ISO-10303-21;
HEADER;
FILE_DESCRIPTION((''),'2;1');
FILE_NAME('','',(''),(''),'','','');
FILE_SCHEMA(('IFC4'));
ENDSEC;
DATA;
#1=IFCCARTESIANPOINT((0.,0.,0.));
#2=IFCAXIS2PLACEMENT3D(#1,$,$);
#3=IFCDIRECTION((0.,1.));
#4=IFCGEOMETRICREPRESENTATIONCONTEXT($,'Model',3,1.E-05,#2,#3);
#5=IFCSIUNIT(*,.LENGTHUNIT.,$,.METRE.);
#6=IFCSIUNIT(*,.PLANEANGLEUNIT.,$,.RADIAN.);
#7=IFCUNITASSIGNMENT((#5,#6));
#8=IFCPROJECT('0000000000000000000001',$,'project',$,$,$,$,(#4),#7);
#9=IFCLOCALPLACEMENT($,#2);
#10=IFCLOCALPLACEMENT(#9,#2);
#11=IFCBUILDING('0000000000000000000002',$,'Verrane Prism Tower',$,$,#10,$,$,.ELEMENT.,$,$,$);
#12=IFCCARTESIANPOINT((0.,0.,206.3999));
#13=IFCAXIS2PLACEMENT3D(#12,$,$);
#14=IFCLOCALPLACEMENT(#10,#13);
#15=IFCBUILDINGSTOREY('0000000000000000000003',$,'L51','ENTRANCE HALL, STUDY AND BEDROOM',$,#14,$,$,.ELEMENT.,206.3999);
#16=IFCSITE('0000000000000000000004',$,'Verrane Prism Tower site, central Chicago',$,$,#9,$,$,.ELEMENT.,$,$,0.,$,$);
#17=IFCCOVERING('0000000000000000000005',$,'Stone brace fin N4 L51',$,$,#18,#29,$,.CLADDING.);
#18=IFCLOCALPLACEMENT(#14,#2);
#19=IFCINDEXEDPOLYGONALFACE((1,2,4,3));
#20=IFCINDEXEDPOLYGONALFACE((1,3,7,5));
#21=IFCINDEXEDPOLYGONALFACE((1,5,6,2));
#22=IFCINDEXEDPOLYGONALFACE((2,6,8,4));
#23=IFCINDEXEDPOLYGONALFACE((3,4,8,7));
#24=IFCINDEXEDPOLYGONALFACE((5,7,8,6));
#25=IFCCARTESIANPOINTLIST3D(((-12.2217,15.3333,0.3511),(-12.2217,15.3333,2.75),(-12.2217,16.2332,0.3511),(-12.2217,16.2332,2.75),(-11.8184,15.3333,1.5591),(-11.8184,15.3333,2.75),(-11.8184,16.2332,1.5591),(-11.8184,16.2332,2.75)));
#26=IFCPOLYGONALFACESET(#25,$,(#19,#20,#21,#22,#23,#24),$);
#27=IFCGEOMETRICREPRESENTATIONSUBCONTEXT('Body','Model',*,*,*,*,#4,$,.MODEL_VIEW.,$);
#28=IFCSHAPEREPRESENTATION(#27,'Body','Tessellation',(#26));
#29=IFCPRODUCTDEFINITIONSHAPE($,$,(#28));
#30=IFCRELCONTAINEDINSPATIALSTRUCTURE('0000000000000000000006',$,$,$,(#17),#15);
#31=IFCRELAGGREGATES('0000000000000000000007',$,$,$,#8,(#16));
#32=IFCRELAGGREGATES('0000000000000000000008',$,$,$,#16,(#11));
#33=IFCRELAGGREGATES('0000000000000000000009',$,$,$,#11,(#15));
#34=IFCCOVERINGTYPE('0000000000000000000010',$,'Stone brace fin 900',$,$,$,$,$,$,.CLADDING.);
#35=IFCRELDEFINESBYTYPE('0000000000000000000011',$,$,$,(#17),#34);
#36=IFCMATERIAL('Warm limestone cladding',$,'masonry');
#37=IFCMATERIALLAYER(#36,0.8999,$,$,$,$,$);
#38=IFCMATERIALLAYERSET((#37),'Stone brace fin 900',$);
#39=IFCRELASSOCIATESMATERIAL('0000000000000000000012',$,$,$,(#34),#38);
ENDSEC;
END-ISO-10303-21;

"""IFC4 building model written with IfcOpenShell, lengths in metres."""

from ifc_helpers import new_model, si_unit, direction, frame, origin, place, context, subcontext, project, spatial, polyline, outline, extrude, material, layer, layer_set, type_object, element, save


model = new_model("IFC4")

# Units and contexts
model_context = context("Model", 3, precision=1e-05, world=origin(), true_north=direction((0.0, 1.0)))
body_context = subcontext(model_context, "Body", "Model", "MODEL_VIEW")
ifc_project = project(units=[si_unit("LENGTHUNIT", "METRE"), si_unit("PLANEANGLEUNIT", "RADIAN")], contexts=[model_context])

# Site, building, storey
site_placement = place(None, origin())
site = spatial("IfcSite", under=ifc_project, at=site_placement, Name="Verrane Prism Tower site, central Chicago", CompositionType="ELEMENT", RefElevation=0.0)
building_placement = place(site_placement, origin())
building = spatial("IfcBuilding", under=site, at=building_placement, Name="Verrane Prism Tower", CompositionType="ELEMENT")
storey_placement = place(building_placement, frame((0.0, 0.0, 206.3999)))
storey = spatial("IfcBuildingStorey", under=building, at=storey_placement, Name="L51", Description="ENTRANCE HALL, STUDY AND BEDROOM", CompositionType="ELEMENT", Elevation=206.3999)

# Covering
ifc_material_1 = material(Name="Warm limestone cladding", Category="masonry")
ifc_layer_1 = layer(ifc_material_1, 0.8999)
ifc_layer_set_1 = layer_set([ifc_layer_1], Name="Stone brace fin 900")
covering_type = type_object("IfcCoveringType", Name="Stone brace fin 900", PredefinedType="CLADDING", material=ifc_layer_set_1)
covering_placement = place(storey_placement, frame((-12.2217, 15.7832, 0.3511), z_axis=(0.0, 0.0, 1.0), x_axis=(1.0, 0.0, 0.0)))
element("IfcCovering", 1, at=covering_placement, inside=storey, type_object=covering_type, Name="Stone brace fin N4 L51", PredefinedType="CLADDING", context=body_context, shape_type="SweptSolid", body=[
    extrude(outline(polyline([(0.4033, 2.3989), (0.0, 2.3989), (0.0, 0.0), (0.4033, 1.208), (0.4033, 2.3989)])), frame((0.0, 0.45, 0.0), z_axis=(0.0, -1.0, 0.0), x_axis=(1.0, 0.0, 0.0)), (0.0, 0.0, 1.0), 0.8999),
])

save(model, "model.ifc")
